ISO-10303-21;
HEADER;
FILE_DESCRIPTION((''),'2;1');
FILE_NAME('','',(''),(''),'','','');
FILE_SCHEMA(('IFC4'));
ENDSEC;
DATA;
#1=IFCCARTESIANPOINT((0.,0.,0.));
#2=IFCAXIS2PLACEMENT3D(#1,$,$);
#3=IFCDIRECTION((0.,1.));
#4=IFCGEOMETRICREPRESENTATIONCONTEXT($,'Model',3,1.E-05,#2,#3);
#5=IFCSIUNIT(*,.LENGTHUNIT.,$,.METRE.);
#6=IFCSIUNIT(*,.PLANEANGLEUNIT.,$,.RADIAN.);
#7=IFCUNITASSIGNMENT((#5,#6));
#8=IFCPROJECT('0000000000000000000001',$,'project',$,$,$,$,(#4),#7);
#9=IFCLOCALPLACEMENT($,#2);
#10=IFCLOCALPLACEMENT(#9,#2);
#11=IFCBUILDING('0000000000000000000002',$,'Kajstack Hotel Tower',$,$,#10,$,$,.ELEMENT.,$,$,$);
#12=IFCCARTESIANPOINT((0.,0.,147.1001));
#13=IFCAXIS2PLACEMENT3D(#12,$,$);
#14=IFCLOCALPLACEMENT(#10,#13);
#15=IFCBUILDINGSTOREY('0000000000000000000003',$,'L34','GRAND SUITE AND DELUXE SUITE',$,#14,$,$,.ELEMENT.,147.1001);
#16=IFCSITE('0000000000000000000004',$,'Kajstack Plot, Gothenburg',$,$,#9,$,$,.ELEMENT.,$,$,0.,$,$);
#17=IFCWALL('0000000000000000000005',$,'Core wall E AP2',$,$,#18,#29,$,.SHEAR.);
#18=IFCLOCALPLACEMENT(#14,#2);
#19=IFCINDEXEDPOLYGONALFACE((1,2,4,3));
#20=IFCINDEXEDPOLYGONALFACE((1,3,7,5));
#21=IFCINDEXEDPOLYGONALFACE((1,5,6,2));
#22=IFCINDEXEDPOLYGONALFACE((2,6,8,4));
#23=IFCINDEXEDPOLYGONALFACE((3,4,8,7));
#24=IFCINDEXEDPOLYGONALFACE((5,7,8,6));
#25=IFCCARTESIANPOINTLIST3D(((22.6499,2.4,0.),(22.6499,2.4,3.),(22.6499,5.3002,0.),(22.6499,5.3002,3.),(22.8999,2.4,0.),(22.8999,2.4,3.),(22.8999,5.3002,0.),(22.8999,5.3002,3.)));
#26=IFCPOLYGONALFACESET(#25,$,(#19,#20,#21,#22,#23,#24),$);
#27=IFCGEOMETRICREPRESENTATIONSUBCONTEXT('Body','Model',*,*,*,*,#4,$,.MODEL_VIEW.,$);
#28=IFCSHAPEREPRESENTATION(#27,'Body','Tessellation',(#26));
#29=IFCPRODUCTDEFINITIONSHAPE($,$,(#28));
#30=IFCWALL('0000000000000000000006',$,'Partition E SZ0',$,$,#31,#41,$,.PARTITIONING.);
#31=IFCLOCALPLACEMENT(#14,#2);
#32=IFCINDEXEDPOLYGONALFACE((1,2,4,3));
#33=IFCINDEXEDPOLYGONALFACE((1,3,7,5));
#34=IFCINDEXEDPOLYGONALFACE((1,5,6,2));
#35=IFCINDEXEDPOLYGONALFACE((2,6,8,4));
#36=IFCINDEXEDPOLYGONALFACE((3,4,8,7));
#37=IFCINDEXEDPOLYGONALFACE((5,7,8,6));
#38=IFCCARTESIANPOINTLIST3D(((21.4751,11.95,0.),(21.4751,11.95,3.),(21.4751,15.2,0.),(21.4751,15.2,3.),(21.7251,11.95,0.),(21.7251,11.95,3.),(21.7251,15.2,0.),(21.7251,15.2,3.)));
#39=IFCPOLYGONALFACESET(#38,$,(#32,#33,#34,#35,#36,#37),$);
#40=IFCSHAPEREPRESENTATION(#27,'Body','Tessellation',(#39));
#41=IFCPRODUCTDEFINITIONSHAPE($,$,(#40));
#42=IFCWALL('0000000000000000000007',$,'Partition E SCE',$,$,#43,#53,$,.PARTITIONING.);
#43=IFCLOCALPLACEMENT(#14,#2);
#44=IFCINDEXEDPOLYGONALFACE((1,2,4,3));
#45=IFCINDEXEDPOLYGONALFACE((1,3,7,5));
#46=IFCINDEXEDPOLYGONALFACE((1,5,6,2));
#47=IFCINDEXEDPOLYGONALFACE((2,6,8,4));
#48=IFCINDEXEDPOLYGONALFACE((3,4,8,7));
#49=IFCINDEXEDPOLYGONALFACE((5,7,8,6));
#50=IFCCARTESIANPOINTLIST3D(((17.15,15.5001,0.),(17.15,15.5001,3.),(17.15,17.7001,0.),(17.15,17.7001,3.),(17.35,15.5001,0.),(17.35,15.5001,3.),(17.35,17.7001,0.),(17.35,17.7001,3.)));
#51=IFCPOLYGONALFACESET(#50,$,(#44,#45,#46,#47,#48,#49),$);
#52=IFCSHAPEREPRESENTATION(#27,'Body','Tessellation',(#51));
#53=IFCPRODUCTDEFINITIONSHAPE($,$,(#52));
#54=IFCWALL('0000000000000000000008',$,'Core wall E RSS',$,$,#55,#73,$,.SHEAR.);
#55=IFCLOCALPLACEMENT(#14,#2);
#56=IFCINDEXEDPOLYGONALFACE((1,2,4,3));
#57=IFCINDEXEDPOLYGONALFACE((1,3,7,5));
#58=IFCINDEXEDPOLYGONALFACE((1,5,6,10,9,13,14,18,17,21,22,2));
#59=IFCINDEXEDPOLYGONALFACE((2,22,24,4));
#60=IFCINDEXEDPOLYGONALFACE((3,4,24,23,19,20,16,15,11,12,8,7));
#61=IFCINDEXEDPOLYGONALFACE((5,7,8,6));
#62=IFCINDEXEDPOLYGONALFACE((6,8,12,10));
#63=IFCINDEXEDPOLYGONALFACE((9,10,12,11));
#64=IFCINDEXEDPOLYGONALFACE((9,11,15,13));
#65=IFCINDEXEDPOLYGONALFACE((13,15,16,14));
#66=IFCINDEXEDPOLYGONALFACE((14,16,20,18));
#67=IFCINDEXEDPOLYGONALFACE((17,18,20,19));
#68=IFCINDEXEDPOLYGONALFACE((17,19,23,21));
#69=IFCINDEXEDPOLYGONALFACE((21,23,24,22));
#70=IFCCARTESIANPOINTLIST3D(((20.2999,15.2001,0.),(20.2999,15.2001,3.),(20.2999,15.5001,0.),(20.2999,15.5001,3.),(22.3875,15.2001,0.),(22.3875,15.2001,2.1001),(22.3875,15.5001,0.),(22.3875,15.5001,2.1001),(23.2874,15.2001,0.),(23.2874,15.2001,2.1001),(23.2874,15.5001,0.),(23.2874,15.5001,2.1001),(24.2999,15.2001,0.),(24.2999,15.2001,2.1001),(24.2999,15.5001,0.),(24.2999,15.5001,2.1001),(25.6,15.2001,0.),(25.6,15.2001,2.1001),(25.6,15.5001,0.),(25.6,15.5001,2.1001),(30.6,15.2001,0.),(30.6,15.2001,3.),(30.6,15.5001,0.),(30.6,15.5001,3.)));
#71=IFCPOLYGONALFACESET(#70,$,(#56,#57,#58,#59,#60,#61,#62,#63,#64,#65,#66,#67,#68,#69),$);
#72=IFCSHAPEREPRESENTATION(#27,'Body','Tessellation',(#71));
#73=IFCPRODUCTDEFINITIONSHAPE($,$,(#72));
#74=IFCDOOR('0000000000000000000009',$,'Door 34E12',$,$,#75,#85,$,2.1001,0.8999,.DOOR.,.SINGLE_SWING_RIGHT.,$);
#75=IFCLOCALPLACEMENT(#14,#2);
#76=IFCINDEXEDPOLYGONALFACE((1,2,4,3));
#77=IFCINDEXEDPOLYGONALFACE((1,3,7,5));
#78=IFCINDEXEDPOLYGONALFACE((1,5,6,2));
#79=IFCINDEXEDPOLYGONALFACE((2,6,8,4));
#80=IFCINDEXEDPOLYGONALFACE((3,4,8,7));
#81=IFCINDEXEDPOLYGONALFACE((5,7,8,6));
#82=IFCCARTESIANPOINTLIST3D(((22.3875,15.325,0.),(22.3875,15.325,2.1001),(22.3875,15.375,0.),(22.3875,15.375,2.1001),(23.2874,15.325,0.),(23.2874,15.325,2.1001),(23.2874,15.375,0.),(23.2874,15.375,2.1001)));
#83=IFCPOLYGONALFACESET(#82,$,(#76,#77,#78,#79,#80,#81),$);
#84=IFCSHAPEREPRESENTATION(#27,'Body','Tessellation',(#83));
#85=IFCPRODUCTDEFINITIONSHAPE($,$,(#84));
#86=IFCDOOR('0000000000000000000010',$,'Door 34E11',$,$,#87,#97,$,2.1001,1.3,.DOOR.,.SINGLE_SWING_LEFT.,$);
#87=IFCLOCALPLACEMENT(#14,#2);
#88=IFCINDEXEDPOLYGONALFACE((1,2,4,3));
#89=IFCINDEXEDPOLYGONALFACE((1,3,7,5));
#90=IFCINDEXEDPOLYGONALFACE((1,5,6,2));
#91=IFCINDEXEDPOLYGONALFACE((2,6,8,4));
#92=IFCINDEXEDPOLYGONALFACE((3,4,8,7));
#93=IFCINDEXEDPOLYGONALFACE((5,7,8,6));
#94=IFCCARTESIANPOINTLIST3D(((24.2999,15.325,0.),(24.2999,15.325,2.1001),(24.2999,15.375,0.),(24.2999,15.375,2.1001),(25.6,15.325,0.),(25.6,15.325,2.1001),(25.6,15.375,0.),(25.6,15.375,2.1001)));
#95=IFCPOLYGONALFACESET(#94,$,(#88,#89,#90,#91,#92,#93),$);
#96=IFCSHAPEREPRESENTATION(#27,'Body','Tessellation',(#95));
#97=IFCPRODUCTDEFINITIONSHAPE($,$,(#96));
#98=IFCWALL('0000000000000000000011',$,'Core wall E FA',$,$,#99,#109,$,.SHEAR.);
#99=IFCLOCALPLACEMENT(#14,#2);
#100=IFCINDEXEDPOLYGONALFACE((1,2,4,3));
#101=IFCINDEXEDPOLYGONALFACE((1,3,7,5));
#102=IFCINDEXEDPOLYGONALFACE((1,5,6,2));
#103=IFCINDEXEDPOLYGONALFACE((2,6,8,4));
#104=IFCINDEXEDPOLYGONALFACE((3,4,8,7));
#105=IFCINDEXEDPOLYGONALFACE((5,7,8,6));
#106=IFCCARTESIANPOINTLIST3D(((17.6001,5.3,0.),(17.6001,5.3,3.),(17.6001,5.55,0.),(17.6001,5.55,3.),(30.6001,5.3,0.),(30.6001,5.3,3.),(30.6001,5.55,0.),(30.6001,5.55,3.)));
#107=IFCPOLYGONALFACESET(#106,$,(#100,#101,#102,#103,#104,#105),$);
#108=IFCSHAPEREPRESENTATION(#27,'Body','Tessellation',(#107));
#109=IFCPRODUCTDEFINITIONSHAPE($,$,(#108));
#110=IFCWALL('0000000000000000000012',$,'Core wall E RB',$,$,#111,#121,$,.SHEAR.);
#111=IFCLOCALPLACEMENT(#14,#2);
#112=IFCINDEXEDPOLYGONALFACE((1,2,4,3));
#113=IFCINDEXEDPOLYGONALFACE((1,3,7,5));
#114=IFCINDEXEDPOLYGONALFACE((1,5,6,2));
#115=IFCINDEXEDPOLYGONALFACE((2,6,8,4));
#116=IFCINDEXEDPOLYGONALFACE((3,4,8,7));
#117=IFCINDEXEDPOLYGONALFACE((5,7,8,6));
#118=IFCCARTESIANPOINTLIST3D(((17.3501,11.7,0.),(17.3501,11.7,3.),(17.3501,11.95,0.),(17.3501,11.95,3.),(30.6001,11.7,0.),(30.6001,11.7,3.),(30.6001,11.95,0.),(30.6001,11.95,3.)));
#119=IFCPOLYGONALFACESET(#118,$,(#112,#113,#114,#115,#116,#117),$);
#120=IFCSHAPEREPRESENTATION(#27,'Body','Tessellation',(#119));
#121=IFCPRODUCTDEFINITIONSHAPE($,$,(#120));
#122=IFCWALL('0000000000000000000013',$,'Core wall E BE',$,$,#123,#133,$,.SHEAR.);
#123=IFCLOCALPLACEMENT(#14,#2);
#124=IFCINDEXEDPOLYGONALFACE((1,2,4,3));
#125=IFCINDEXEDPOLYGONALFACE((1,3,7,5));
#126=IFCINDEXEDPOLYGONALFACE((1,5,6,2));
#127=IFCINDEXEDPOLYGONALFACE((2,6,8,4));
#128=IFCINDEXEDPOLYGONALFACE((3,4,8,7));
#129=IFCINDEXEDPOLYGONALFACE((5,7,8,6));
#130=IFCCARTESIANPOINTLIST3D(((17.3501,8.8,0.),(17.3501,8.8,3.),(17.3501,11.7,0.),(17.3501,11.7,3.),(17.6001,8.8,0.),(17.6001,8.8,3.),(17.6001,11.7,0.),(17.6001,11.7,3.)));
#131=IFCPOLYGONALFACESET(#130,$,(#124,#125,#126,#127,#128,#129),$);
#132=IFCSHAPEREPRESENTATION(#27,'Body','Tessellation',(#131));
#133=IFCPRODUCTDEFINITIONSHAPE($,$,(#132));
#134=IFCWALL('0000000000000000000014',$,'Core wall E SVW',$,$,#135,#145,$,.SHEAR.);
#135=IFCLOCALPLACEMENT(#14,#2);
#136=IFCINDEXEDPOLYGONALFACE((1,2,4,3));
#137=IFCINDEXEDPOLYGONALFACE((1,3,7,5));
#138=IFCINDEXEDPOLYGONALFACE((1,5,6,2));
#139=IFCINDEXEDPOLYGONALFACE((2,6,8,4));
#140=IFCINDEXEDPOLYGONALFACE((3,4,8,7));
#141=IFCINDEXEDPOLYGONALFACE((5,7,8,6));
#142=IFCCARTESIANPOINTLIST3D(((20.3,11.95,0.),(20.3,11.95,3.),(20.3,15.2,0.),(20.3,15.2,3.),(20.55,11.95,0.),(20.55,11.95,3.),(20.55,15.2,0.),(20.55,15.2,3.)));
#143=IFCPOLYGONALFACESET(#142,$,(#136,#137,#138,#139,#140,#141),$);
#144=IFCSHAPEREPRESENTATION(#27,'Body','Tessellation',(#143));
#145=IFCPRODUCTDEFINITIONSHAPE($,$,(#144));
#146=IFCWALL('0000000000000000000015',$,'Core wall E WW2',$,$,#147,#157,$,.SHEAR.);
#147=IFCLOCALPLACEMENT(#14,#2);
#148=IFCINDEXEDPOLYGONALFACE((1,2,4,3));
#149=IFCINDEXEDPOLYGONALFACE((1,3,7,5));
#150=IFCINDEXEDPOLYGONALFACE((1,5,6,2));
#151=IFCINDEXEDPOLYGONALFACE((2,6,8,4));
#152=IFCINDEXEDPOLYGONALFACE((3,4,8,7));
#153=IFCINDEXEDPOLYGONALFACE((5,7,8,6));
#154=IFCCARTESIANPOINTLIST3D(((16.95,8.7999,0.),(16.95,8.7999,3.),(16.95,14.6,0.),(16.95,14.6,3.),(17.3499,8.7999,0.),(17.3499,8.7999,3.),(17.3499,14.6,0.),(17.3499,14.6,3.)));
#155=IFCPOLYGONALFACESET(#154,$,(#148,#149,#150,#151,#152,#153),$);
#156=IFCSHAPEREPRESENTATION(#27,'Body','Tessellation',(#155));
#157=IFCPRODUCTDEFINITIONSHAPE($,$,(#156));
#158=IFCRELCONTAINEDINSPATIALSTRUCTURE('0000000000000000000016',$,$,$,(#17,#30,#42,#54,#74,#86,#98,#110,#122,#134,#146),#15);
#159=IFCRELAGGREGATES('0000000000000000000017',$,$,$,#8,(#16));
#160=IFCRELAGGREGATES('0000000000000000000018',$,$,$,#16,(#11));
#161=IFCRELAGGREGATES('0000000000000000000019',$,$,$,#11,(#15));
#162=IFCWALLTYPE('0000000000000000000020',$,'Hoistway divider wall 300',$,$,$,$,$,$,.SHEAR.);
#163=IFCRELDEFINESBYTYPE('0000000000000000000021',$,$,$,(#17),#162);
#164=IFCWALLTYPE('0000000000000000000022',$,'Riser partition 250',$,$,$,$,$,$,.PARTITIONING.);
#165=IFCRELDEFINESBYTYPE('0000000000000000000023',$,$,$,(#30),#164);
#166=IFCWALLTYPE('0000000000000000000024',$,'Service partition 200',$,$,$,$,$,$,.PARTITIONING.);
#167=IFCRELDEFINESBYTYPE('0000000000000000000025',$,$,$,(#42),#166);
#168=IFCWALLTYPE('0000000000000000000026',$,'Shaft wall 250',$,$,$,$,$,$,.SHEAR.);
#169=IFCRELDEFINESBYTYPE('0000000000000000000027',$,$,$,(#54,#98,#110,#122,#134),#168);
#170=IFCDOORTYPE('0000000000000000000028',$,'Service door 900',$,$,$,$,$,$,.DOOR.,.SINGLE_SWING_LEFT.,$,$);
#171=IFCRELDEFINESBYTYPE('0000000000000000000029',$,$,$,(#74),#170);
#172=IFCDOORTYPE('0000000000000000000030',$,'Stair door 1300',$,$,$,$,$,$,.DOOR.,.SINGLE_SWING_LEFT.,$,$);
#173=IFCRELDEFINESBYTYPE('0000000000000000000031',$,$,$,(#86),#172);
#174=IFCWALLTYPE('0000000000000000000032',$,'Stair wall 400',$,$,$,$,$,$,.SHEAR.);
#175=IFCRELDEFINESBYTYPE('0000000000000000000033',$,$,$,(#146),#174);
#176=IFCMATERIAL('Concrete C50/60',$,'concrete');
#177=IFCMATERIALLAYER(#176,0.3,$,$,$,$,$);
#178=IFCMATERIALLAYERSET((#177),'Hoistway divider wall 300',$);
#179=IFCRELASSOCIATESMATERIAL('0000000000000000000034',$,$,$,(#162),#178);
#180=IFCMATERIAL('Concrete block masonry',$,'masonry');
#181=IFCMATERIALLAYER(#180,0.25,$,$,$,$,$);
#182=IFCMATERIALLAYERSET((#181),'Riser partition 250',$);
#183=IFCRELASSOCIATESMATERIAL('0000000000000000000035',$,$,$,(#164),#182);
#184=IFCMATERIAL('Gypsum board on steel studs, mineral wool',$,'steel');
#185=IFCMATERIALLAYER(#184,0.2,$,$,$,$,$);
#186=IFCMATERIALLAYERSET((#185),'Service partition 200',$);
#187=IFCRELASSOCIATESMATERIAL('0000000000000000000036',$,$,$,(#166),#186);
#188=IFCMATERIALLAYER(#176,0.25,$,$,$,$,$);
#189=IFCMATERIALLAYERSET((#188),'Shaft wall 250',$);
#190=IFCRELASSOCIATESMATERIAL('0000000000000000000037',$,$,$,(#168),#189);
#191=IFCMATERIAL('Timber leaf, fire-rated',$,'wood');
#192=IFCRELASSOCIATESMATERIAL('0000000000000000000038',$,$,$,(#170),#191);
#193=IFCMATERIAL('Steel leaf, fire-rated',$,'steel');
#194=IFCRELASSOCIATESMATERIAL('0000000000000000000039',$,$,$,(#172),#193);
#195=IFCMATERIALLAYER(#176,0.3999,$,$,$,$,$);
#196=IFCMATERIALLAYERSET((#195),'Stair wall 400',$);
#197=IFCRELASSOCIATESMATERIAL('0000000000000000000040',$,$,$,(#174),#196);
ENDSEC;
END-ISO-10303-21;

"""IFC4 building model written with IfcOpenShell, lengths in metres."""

from ifc_helpers import new_model, si_unit, direction, frame, frame_2d, origin, place, context, subcontext, project, spatial, rectangle, extrude, material, layer, layer_set, type_object, element, fill, save


model = new_model("IFC4")

# Units and contexts
model_context = context("Model", 3, precision=1e-05, world=origin(), true_north=direction((0.0, 1.0)))
body_context = subcontext(model_context, "Body", "Model", "MODEL_VIEW")
ifc_project = project(units=[si_unit("LENGTHUNIT", "METRE"), si_unit("PLANEANGLEUNIT", "RADIAN")], contexts=[model_context])

# Site, building, storey
site_placement = place(None, origin())
site = spatial("IfcSite", under=ifc_project, at=site_placement, Name="Kajstack Plot, Gothenburg", CompositionType="ELEMENT", RefElevation=0.0)
building_placement = place(site_placement, origin())
building = spatial("IfcBuilding", under=site, at=building_placement, Name="Kajstack Hotel Tower", CompositionType="ELEMENT")
storey_placement = place(building_placement, frame((0.0, 0.0, 147.1001)))
storey = spatial("IfcBuildingStorey", under=building, at=storey_placement, Name="L34", Description="GRAND SUITE AND DELUXE SUITE", CompositionType="ELEMENT", Elevation=147.1001)

# Walls
ifc_material_1 = material(Name="Concrete C50/60", Category="concrete")
ifc_layer_1 = layer(ifc_material_1, 0.3)
ifc_layer_set_1 = layer_set([ifc_layer_1], Name="Hoistway divider wall 300")
wall_type_1 = type_object("IfcWallType", Name="Hoistway divider wall 300", PredefinedType="SHEAR", material=ifc_layer_set_1)
wall_1_placement = place(storey_placement, frame((22.7749, 2.3999, 0.0), z_axis=(0.0, 0.0, 1.0), x_axis=(0.0, 1.0, 0.0)))
element("IfcWall", 1, at=wall_1_placement, inside=storey, type_object=wall_type_1, Name="Core wall E AP2", PredefinedType="SHEAR", context=body_context, shape_type="SweptSolid", body=[
    extrude(rectangle(XDim=2.9001, YDim=0.25, at=frame_2d((1.4502, 0.0))), origin(), (0.0, 0.0, 1.0), 3.0),
])
ifc_material_2 = material(Name="Concrete block masonry", Category="masonry")
ifc_layer_2 = layer(ifc_material_2, 0.25)
ifc_layer_set_2 = layer_set([ifc_layer_2], Name="Riser partition 250")
wall_type_2 = type_object("IfcWallType", Name="Riser partition 250", PredefinedType="PARTITIONING", material=ifc_layer_set_2)
wall_2_placement = place(storey_placement, frame((21.6001, 11.95, 0.0), z_axis=(0.0, 0.0, 1.0), x_axis=(0.0, 1.0, 0.0)))
element("IfcWall", 2, at=wall_2_placement, inside=storey, type_object=wall_type_2, Name="Partition E SZ0", PredefinedType="PARTITIONING", context=body_context, shape_type="SweptSolid", body=[
    extrude(rectangle(XDim=3.25, YDim=0.25, at=frame_2d((1.625, 0.0))), origin(), (0.0, 0.0, 1.0), 3.0),
])
ifc_material_3 = material(Name="Gypsum board on steel studs, mineral wool", Category="steel")
ifc_layer_3 = layer(ifc_material_3, 0.2)
ifc_layer_set_3 = layer_set([ifc_layer_3], Name="Service partition 200")
wall_type_3 = type_object("IfcWallType", Name="Service partition 200", PredefinedType="PARTITIONING", material=ifc_layer_set_3)
wall_3_placement = place(storey_placement, frame((17.25, 15.5, 0.0), z_axis=(0.0, 0.0, 1.0), x_axis=(0.0, 1.0, 0.0)))
element("IfcWall", 3, at=wall_3_placement, inside=storey, type_object=wall_type_3, Name="Partition E SCE", PredefinedType="PARTITIONING", context=body_context, shape_type="SweptSolid", body=[
    extrude(rectangle(XDim=2.2, YDim=0.2, at=frame_2d((1.1001, 0.0))), origin(), (0.0, 0.0, 1.0), 3.0),
])

# Wall, openings, doors
ifc_layer_4 = layer(ifc_material_1, 0.25)
ifc_layer_set_4 = layer_set([ifc_layer_4], Name="Shaft wall 250")
wall_type_4 = type_object("IfcWallType", Name="Shaft wall 250", PredefinedType="SHEAR", material=ifc_layer_set_4)
wall_4_placement = place(storey_placement, frame((20.3, 15.3501, 0.0), z_axis=(0.0, 0.0, 1.0), x_axis=(1.0, 0.0, 0.0)))
wall_4 = element("IfcWall", 4, at=wall_4_placement, inside=storey, type_object=wall_type_4, Name="Core wall E RSS", PredefinedType="SHEAR", context=body_context, shape_type="SweptSolid", body=[
    extrude(rectangle(XDim=10.3, YDim=0.3, at=frame_2d((5.1499, 0.0))), origin(), (0.0, 0.0, 1.0), 3.0),
])
opening_1_placement = place(wall_4_placement, frame((4.0, 0.0, 0.0)))
opening_1 = element("IfcOpeningElement", 5, at=opening_1_placement, cuts=wall_4, PredefinedType="OPENING", context=body_context, shape_type="SweptSolid", body=[
    extrude(rectangle(XDim=1.3, YDim=2.1001, at=frame_2d((0.6499, 1.05))), frame((0.0, 0.1599, 0.0), z_axis=(0.0, -1.0, 0.0), x_axis=(1.0, 0.0, 0.0)), (0.0, 0.0, 1.0), 0.3201),
])
opening_2_placement = place(wall_4_placement, frame((2.0874, 0.0, 0.0)))
opening_2 = element("IfcOpeningElement", 6, at=opening_2_placement, cuts=wall_4, PredefinedType="OPENING", context=body_context, shape_type="SweptSolid", body=[
    extrude(rectangle(XDim=0.8999, YDim=2.1001, at=frame_2d((0.45, 1.05))), frame((0.0, 0.1599, 0.0), z_axis=(0.0, -1.0, 0.0), x_axis=(1.0, 0.0, 0.0)), (0.0, 0.0, 1.0), 0.3201),
])
ifc_material_4 = material(Name="Timber leaf, fire-rated", Category="wood")
door_type_1 = type_object("IfcDoorType", Name="Service door 900", OperationType="SINGLE_SWING_LEFT", PredefinedType="DOOR", material=ifc_material_4)
door_1_placement = place(opening_2_placement, origin())
door_1 = element("IfcDoor", 7, at=door_1_placement, inside=storey, type_object=door_type_1, Name="Door 34E12", OperationType="SINGLE_SWING_RIGHT", OverallHeight=2.1001, OverallWidth=0.8999, PredefinedType="DOOR", context=body_context, shape_type="SweptSolid", body=[
    extrude(rectangle(XDim=0.8999, YDim=2.1001, at=frame_2d((0.45, 1.05))), frame((0.0, 0.0249, 0.0), z_axis=(0.0, -1.0, 0.0), x_axis=(1.0, 0.0, 0.0)), (0.0, 0.0, 1.0), 0.05),
])
fill(opening_2, door_1)
ifc_material_5 = material(Name="Steel leaf, fire-rated", Category="steel")
door_type_2 = type_object("IfcDoorType", Name="Stair door 1300", OperationType="SINGLE_SWING_LEFT", PredefinedType="DOOR", material=ifc_material_5)
door_2_placement = place(opening_1_placement, origin())
door_2 = element("IfcDoor", 8, at=door_2_placement, inside=storey, type_object=door_type_2, Name="Door 34E11", OperationType="SINGLE_SWING_LEFT", OverallHeight=2.1001, OverallWidth=1.3, PredefinedType="DOOR", context=body_context, shape_type="SweptSolid", body=[
    extrude(rectangle(XDim=1.3, YDim=2.1001, at=frame_2d((0.6499, 1.05))), frame((0.0, 0.0249, 0.0), z_axis=(0.0, -1.0, 0.0), x_axis=(1.0, 0.0, 0.0)), (0.0, 0.0, 1.0), 0.05),
])
fill(opening_1, door_2)

# Walls
wall_5_placement = place(storey_placement, frame((17.6001, 5.425, 0.0), z_axis=(0.0, 0.0, 1.0), x_axis=(1.0, 0.0, 0.0)))
element("IfcWall", 9, at=wall_5_placement, inside=storey, type_object=wall_type_4, Name="Core wall E FA", PredefinedType="SHEAR", context=body_context, shape_type="SweptSolid", body=[
    extrude(rectangle(XDim=13.0, YDim=0.25, at=frame_2d((6.5, 0.0))), origin(), (0.0, 0.0, 1.0), 3.0),
])
wall_6_placement = place(storey_placement, frame((17.3501, 11.825, 0.0), z_axis=(0.0, 0.0, 1.0), x_axis=(1.0, 0.0, 0.0)))
element("IfcWall", 10, at=wall_6_placement, inside=storey, type_object=wall_type_4, Name="Core wall E RB", PredefinedType="SHEAR", context=body_context, shape_type="SweptSolid", body=[
    extrude(rectangle(XDim=13.25, YDim=0.25, at=frame_2d((6.625, 0.0))), origin(), (0.0, 0.0, 1.0), 3.0),
])
wall_7_placement = place(storey_placement, frame((17.4751, 8.8, 0.0), z_axis=(0.0, 0.0, 1.0), x_axis=(0.0, 1.0, 0.0)))
element("IfcWall", 11, at=wall_7_placement, inside=storey, type_object=wall_type_4, Name="Core wall E BE", PredefinedType="SHEAR", context=body_context, shape_type="SweptSolid", body=[
    extrude(rectangle(XDim=2.8999, YDim=0.25, at=frame_2d((1.45, 0.0))), origin(), (0.0, 0.0, 1.0), 3.0),
])
wall_8_placement = place(storey_placement, frame((20.425, 11.95, 0.0), z_axis=(0.0, 0.0, 1.0), x_axis=(0.0, 1.0, 0.0)))
element("IfcWall", 12, at=wall_8_placement, inside=storey, type_object=wall_type_4, Name="Core wall E SVW", PredefinedType="SHEAR", context=body_context, shape_type="SweptSolid", body=[
    extrude(rectangle(XDim=3.25, YDim=0.25, at=frame_2d((1.625, 0.0))), origin(), (0.0, 0.0, 1.0), 3.0),
])
ifc_layer_5 = layer(ifc_material_1, 0.3999)
ifc_layer_set_5 = layer_set([ifc_layer_5], Name="Stair wall 400")
wall_type_5 = type_object("IfcWallType", Name="Stair wall 400", PredefinedType="SHEAR", material=ifc_layer_set_5)
wall_9_placement = place(storey_placement, frame((17.1499, 8.8, 0.0), z_axis=(0.0, 0.0, 1.0), x_axis=(0.0, 1.0, 0.0)))
element("IfcWall", 13, at=wall_9_placement, inside=storey, type_object=wall_type_5, Name="Core wall E WW2", PredefinedType="SHEAR", context=body_context, shape_type="SweptSolid", body=[
    extrude(rectangle(XDim=5.8, YDim=0.3999, at=frame_2d((2.8999, 0.0))), origin(), (0.0, 0.0, 1.0), 3.0),
])

save(model, "model.ifc")
